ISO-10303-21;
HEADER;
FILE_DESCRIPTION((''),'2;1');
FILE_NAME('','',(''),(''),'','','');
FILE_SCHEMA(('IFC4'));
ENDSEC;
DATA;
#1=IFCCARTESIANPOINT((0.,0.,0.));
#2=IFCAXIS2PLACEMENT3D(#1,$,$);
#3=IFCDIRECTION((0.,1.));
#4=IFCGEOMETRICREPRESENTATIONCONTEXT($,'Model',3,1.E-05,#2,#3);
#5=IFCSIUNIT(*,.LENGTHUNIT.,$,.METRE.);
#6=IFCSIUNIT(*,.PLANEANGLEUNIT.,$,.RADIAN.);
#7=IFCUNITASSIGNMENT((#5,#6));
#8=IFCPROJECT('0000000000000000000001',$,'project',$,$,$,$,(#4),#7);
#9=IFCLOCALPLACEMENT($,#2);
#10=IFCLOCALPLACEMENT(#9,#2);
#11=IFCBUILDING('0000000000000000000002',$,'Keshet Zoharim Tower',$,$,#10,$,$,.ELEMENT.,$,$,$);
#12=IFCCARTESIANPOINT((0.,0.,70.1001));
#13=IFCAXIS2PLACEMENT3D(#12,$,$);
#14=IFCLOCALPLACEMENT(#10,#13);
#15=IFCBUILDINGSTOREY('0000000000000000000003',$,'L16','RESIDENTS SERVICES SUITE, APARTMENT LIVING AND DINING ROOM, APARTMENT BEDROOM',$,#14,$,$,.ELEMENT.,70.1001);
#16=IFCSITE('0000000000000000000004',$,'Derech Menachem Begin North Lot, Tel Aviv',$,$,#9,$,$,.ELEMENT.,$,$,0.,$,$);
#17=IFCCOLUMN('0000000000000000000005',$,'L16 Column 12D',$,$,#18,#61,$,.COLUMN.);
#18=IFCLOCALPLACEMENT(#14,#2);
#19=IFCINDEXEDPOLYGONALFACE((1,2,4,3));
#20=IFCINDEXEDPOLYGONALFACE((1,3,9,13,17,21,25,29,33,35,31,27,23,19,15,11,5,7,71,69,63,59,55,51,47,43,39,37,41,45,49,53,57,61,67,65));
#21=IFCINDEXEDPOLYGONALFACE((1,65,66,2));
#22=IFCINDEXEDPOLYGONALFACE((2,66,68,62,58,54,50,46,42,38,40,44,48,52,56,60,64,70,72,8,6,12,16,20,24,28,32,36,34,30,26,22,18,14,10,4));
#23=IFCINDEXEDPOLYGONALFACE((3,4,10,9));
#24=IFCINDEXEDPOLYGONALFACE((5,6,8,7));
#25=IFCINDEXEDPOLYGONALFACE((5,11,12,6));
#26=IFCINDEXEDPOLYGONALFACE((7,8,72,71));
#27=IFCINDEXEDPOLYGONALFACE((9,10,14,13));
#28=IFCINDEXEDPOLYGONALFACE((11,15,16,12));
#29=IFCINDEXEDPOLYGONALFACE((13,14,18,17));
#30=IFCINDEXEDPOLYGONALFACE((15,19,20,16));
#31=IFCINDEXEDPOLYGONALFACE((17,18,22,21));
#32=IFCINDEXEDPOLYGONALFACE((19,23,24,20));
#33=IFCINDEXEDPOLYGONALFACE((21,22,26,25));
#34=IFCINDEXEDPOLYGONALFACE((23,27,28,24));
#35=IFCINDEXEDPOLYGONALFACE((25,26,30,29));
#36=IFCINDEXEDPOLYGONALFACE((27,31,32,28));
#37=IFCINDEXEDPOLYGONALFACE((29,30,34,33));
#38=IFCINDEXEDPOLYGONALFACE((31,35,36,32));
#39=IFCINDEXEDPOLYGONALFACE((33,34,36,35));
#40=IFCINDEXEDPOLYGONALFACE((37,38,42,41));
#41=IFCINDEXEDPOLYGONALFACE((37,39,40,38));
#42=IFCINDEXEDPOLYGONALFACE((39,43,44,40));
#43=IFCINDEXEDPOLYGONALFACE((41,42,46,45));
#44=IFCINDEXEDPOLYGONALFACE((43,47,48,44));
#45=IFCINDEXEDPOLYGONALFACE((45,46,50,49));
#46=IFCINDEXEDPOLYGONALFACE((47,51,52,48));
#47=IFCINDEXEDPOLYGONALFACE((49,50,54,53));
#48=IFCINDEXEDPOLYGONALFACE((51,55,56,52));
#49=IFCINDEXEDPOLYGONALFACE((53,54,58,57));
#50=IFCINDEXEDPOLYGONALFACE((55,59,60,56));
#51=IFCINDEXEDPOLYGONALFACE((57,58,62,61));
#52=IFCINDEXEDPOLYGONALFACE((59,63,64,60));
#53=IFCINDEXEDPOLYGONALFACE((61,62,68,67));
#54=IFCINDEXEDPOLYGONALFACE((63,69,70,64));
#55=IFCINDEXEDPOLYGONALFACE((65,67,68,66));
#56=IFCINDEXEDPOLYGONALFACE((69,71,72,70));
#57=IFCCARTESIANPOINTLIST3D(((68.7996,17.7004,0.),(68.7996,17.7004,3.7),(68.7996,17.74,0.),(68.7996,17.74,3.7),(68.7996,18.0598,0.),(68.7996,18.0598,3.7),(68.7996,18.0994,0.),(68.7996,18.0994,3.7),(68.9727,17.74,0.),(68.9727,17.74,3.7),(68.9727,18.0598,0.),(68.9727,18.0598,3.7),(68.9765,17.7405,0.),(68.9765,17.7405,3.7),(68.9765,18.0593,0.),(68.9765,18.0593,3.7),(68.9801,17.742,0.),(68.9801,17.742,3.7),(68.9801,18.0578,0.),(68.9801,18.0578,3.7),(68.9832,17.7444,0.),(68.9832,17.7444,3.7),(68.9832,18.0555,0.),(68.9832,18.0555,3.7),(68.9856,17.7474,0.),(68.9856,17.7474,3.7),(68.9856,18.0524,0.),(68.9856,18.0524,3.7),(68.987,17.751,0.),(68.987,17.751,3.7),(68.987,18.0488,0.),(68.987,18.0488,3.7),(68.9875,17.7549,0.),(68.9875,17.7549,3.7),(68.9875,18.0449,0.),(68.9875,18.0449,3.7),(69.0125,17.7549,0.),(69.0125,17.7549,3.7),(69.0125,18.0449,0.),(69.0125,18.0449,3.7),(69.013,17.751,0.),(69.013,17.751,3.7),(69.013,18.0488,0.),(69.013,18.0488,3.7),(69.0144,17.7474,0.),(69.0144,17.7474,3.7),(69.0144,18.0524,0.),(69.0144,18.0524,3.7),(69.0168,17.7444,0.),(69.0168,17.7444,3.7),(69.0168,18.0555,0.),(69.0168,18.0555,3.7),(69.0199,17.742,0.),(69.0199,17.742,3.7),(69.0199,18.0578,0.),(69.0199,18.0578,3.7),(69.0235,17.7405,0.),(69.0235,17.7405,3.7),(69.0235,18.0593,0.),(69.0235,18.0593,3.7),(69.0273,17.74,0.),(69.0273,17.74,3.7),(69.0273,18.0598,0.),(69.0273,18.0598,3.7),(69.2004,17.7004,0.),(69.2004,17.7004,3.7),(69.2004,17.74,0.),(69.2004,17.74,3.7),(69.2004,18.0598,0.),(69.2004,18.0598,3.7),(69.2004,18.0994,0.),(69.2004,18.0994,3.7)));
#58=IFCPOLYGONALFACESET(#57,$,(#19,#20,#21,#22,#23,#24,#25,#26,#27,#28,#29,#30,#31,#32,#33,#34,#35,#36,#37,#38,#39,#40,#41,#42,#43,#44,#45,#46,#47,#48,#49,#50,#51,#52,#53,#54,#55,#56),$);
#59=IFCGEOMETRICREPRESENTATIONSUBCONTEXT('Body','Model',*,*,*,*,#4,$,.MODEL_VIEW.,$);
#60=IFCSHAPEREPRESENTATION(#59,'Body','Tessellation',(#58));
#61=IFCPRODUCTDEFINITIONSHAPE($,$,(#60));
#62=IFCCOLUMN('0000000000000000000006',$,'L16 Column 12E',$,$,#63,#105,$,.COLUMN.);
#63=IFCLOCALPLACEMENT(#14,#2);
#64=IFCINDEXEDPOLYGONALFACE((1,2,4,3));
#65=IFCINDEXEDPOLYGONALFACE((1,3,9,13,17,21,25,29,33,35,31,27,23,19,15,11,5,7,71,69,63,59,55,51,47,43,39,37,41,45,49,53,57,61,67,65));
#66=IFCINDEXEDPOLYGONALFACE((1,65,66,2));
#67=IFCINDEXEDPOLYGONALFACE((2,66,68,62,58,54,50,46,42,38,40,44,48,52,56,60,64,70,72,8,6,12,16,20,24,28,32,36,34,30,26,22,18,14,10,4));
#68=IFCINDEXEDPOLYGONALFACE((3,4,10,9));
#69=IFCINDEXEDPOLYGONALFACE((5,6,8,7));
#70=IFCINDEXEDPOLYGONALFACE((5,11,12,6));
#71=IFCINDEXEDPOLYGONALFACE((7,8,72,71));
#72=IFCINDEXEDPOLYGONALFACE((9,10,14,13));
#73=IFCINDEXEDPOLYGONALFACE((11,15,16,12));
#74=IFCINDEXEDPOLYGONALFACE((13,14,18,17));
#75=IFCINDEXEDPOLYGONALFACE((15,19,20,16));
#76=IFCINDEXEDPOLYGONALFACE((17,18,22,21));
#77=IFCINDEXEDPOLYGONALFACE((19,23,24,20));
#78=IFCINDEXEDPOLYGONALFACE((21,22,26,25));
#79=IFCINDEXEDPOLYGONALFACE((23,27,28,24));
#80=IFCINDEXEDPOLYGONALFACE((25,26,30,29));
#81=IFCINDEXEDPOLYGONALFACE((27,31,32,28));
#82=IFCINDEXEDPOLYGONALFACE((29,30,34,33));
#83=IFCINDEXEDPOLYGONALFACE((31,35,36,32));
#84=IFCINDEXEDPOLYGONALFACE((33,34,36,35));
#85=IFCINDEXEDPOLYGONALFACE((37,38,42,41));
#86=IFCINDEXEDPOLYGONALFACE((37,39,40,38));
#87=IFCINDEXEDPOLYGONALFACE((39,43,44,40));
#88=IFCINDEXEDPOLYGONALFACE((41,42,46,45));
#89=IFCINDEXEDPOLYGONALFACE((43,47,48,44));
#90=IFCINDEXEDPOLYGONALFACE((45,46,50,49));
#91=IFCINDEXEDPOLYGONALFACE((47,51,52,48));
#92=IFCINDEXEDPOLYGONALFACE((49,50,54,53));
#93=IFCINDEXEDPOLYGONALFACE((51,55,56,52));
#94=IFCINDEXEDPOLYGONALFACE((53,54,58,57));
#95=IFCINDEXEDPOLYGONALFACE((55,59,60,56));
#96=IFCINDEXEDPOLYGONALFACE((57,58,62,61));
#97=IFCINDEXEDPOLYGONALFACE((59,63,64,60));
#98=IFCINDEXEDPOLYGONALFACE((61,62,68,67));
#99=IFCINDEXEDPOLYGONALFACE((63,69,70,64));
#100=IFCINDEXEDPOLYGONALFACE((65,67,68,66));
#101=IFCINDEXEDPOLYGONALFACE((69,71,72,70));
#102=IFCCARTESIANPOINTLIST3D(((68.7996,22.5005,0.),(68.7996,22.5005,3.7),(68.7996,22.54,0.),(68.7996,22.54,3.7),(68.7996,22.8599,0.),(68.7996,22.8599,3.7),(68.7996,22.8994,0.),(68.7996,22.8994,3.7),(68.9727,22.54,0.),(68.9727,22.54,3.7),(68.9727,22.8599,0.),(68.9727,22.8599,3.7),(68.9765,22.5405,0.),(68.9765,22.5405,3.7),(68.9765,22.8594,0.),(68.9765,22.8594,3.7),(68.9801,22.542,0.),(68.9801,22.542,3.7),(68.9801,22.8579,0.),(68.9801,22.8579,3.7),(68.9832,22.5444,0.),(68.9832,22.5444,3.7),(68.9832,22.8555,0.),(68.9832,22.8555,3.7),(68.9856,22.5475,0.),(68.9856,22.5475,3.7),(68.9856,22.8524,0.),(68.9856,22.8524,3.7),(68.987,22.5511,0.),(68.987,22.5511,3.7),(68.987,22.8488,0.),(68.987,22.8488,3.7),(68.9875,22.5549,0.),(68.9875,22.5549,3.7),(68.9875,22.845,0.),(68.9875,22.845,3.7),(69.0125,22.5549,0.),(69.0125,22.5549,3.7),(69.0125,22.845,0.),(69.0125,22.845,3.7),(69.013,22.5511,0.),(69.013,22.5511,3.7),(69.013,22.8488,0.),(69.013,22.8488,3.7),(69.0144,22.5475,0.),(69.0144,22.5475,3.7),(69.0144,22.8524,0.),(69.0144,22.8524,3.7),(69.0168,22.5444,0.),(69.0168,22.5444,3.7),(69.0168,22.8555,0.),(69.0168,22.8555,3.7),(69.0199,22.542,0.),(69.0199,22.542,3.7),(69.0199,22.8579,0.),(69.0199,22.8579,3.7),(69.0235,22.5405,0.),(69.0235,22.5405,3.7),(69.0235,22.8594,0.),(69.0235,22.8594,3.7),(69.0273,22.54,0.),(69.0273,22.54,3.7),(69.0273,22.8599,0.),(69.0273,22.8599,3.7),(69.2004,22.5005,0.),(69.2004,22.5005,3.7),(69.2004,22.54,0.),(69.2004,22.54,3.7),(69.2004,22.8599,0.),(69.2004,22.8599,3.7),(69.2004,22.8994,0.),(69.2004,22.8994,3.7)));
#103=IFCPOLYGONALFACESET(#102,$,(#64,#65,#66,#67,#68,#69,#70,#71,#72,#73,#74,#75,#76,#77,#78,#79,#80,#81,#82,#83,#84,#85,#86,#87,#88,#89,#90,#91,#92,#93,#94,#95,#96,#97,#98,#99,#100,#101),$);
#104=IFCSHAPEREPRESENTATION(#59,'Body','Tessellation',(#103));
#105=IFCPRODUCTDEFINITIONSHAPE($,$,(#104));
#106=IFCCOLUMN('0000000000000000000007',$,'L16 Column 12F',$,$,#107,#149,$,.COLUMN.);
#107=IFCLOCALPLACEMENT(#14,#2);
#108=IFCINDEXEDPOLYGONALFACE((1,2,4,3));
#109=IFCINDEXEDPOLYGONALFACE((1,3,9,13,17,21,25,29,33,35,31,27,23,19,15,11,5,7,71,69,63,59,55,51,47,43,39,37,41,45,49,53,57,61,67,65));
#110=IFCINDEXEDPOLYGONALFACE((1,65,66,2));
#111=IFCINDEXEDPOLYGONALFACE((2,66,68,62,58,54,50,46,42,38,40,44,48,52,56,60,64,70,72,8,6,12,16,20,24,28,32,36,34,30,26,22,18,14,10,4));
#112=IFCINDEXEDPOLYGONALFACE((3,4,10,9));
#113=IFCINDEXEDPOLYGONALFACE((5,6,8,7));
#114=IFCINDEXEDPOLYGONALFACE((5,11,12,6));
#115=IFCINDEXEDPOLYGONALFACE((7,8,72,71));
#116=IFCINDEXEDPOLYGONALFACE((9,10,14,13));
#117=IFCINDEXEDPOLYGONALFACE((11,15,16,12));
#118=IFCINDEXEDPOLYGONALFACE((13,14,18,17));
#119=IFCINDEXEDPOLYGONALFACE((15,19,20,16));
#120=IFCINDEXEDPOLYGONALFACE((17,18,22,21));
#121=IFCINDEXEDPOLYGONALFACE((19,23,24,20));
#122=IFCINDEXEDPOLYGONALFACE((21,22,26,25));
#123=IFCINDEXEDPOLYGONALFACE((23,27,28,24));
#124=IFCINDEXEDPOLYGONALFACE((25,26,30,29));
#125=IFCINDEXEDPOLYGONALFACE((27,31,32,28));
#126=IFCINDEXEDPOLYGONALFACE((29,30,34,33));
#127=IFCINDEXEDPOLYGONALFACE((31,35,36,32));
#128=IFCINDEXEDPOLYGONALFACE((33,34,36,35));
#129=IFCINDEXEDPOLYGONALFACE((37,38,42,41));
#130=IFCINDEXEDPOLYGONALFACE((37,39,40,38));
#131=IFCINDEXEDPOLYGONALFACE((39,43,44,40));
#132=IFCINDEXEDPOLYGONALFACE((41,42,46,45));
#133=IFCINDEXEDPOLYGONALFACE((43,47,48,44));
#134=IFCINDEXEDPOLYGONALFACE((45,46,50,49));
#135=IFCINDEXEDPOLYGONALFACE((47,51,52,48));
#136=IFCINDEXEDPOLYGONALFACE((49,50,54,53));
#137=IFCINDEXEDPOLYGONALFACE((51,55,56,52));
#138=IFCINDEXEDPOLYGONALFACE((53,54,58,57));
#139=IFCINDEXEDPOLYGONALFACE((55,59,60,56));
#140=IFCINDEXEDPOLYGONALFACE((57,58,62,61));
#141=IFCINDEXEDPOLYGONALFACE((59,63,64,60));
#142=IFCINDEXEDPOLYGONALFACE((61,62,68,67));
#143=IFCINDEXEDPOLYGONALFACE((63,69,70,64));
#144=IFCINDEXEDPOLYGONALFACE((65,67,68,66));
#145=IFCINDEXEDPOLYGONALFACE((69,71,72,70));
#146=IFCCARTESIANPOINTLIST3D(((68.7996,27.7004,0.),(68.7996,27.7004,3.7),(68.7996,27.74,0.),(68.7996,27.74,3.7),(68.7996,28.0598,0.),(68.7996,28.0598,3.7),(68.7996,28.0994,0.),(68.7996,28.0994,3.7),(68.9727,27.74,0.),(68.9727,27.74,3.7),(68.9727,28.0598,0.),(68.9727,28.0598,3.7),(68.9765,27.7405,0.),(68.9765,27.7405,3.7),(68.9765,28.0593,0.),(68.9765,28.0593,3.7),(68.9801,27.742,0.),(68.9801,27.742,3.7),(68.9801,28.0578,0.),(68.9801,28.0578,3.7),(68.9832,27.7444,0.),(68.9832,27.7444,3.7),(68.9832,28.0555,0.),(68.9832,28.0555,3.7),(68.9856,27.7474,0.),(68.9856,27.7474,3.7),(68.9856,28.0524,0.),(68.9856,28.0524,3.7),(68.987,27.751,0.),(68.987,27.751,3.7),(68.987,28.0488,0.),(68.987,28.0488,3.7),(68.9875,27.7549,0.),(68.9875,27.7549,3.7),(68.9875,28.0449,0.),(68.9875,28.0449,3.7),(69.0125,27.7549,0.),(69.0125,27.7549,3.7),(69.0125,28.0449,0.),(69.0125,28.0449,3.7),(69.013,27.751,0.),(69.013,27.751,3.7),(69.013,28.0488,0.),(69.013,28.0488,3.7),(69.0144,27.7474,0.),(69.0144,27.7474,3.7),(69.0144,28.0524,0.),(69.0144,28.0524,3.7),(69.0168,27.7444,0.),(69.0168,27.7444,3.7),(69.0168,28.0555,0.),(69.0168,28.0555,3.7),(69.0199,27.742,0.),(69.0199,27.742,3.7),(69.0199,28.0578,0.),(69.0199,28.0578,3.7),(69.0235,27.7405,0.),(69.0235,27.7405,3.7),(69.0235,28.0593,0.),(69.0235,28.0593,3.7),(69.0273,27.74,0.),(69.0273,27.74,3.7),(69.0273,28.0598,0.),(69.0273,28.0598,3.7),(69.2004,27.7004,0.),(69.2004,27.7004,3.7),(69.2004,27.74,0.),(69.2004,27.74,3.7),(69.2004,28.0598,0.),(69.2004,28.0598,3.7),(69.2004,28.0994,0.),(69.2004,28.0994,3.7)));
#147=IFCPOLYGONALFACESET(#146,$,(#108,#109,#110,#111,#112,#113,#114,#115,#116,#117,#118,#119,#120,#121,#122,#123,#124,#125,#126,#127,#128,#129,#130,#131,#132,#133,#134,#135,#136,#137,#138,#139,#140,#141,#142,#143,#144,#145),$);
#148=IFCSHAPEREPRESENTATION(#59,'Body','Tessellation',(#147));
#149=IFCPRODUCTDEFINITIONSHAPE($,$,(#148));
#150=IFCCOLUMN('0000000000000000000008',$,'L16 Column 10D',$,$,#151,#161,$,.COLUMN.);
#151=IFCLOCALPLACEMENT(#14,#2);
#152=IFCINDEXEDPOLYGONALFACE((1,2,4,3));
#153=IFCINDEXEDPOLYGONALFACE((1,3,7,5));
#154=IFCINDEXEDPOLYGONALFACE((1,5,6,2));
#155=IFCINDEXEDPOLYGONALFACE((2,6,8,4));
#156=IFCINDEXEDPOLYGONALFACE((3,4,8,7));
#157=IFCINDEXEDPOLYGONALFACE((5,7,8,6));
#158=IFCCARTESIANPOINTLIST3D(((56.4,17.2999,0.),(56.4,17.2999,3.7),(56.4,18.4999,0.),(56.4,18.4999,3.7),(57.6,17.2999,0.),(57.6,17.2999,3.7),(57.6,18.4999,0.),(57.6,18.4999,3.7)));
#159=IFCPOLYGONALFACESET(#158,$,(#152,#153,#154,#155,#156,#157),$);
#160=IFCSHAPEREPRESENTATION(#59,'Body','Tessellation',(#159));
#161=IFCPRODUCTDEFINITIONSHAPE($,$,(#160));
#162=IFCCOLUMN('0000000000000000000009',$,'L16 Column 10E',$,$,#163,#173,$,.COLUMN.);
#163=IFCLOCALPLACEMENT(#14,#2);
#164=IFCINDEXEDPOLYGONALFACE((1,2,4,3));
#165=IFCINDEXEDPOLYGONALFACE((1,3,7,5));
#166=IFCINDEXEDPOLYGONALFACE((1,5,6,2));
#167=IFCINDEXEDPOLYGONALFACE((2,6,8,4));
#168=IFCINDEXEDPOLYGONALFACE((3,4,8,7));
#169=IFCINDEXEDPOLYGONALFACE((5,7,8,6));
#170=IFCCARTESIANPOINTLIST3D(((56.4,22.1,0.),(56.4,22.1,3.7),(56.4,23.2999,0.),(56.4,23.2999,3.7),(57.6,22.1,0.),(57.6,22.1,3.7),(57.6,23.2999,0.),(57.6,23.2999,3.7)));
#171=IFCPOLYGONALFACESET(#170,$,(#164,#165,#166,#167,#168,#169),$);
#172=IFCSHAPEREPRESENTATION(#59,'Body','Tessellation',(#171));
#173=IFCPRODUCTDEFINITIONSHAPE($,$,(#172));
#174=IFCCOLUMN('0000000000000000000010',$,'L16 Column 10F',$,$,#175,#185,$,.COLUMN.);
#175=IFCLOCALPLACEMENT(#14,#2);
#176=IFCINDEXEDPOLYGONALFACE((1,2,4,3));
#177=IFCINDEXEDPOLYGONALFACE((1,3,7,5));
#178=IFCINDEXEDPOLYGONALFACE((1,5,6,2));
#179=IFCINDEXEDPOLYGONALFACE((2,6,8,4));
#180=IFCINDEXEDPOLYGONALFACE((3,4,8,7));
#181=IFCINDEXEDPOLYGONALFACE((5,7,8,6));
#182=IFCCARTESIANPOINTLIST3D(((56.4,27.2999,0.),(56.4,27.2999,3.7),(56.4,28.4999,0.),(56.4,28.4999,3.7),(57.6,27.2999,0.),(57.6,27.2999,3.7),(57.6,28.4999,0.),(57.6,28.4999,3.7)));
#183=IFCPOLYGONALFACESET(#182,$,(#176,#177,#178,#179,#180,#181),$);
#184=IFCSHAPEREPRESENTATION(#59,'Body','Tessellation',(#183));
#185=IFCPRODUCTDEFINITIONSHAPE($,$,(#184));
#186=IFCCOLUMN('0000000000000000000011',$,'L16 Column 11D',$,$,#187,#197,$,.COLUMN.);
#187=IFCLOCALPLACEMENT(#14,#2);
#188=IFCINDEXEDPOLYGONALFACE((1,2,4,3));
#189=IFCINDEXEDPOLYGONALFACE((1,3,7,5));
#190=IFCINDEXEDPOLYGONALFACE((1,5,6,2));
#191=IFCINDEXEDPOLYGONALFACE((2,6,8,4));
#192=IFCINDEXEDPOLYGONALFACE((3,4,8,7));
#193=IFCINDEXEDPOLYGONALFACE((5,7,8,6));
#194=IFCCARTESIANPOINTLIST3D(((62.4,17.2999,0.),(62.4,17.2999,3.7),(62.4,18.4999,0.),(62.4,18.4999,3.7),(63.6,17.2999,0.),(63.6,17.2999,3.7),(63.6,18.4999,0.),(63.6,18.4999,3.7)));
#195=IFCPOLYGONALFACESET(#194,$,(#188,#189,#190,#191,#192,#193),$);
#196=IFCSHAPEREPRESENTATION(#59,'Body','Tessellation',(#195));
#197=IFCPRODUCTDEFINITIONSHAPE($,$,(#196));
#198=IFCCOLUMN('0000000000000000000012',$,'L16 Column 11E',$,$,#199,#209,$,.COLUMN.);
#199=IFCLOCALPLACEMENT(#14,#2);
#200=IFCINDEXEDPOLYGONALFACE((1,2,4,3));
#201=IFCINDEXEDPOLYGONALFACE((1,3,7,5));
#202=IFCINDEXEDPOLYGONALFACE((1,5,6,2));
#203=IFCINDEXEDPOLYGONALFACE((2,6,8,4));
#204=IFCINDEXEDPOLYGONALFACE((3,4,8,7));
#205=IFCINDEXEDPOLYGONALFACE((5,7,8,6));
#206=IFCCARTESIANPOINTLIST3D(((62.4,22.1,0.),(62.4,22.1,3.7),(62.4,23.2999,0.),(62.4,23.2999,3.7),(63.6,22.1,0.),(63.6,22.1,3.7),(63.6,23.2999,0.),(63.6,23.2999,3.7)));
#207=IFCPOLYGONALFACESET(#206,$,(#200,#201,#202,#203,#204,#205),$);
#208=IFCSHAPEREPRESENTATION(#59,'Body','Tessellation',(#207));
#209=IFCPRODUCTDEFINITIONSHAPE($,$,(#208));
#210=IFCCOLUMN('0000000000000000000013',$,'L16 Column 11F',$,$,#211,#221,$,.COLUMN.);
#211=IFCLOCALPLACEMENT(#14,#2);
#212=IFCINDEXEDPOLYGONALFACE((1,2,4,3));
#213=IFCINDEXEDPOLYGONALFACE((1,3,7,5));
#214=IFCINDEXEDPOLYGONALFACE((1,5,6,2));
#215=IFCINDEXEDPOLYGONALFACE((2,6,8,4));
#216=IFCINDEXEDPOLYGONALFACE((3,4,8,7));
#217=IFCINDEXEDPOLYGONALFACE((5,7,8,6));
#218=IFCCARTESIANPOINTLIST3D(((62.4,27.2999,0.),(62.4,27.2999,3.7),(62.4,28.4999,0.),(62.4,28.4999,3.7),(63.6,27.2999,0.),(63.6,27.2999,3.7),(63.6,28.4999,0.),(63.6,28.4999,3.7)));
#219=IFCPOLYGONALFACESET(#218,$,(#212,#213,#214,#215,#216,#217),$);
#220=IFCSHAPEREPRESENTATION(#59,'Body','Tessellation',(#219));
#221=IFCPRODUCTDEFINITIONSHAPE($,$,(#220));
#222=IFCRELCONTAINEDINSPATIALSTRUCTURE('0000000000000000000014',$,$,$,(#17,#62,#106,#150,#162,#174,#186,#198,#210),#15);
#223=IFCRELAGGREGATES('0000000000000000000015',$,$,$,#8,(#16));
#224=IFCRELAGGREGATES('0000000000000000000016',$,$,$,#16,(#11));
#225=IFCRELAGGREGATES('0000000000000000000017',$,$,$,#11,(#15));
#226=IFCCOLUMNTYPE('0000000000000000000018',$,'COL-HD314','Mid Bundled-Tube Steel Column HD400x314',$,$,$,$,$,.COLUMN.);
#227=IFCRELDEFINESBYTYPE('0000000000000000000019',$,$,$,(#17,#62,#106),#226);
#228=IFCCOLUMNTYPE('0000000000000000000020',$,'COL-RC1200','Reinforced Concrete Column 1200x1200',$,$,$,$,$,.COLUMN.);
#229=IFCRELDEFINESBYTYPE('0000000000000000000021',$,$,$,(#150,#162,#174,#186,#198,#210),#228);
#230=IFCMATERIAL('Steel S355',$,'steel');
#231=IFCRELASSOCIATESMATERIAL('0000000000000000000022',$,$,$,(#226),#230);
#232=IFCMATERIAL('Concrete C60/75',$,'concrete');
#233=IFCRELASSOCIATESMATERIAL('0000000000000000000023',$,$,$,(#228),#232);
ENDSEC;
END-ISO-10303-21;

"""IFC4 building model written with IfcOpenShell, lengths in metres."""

from ifc_helpers import new_model, si_unit, direction, frame, origin, origin_2d, place, context, subcontext, project, spatial, rectangle, i_section, extrude, material, material_profile, profile_set, type_object, element, save


model = new_model("IFC4")

# Units and contexts
model_context = context("Model", 3, precision=1e-05, world=origin(), true_north=direction((0.0, 1.0)))
body_context = subcontext(model_context, "Body", "Model", "MODEL_VIEW")
ifc_project = project(units=[si_unit("LENGTHUNIT", "METRE"), si_unit("PLANEANGLEUNIT", "RADIAN")], contexts=[model_context])

# Site, building, storey
site_placement = place(None, origin())
site = spatial("IfcSite", under=ifc_project, at=site_placement, Name="Derech Menachem Begin North Lot, Tel Aviv", CompositionType="ELEMENT", RefElevation=0.0)
building_placement = place(site_placement, origin())
building = spatial("IfcBuilding", under=site, at=building_placement, Name="Keshet Zoharim Tower", CompositionType="ELEMENT")
storey_placement = place(building_placement, frame((0.0, 0.0, 70.1001)))
storey = spatial("IfcBuildingStorey", under=building, at=storey_placement, Name="L16", Description="RESIDENTS SERVICES SUITE, APARTMENT LIVING AND DINING ROOM, APARTMENT BEDROOM", CompositionType="ELEMENT", Elevation=70.1001)

# Columns
ifc_material_1 = material(Name="Steel S355", Category="steel")
ifc_material_profile_1 = material_profile(ifc_material_1, i_section(OverallWidth=0.4009, OverallDepth=0.3989, WebThickness=0.0249, FlangeThickness=0.0396, FilletRadius=0.0149, at=origin_2d()), Name="HD400x314")
ifc_profile_set_1 = profile_set([ifc_material_profile_1], Name="Steel S355")
column_type_1 = type_object("IfcColumnType", Name="COL-HD314", Description="Mid Bundled-Tube Steel Column HD400x314", PredefinedType="COLUMN", material=ifc_profile_set_1)
for number, where, z_axis, x_axis, name in (
    (1, (69.0, 17.8999, 0.0), (0.0, 0.0, 1.0), (1.0, 0.0, 0.0), "L16 Column 12D"),
    (2, (69.0, 22.7, 0.0), (0.0, 0.0, 1.0), (1.0, 0.0, 0.0), "L16 Column 12E"),
    (3, (69.0, 27.8999, 0.0), (0.0, 0.0, 1.0), (1.0, 0.0, 0.0), "L16 Column 12F"),
):
    element("IfcColumn", number, at=place(storey_placement, frame(where, z_axis=z_axis, x_axis=x_axis)), inside=storey, type_object=column_type_1, Name=name, PredefinedType="COLUMN", context=body_context, shape_type="SweptSolid", body=[
        extrude(i_section(OverallWidth=0.4009, OverallDepth=0.3989, WebThickness=0.0249, FlangeThickness=0.0396, FilletRadius=0.0149, at=origin_2d()), origin(), (0.0, 0.0, 1.0), 3.7),
    ])
ifc_material_2 = material(Name="Concrete C60/75", Category="concrete")
ifc_material_profile_2 = material_profile(ifc_material_2, rectangle(XDim=1.2, YDim=1.2, at=origin_2d()), Name="RC1200x1200")
ifc_profile_set_2 = profile_set([ifc_material_profile_2], Name="Concrete C60/75")
column_type_2 = type_object("IfcColumnType", Name="COL-RC1200", Description="Reinforced Concrete Column 1200x1200", PredefinedType="COLUMN", material=ifc_profile_set_2)
for number, where, z_axis, x_axis, name in (
    (4, (57.0, 17.8999, 0.0), (0.0, 0.0, 1.0), (1.0, 0.0, 0.0), "L16 Column 10D"),
    (5, (57.0, 22.7, 0.0), (0.0, 0.0, 1.0), (1.0, 0.0, 0.0), "L16 Column 10E"),
    (6, (57.0, 27.8999, 0.0), (0.0, 0.0, 1.0), (1.0, 0.0, 0.0), "L16 Column 10F"),
    (7, (63.0, 17.8999, 0.0), (0.0, 0.0, 1.0), (1.0, 0.0, 0.0), "L16 Column 11D"),
    (8, (63.0, 22.7, 0.0), (0.0, 0.0, 1.0), (1.0, 0.0, 0.0), "L16 Column 11E"),
    (9, (63.0, 27.8999, 0.0), (0.0, 0.0, 1.0), (1.0, 0.0, 0.0), "L16 Column 11F"),
):
    element("IfcColumn", number, at=place(storey_placement, frame(where, z_axis=z_axis, x_axis=x_axis)), inside=storey, type_object=column_type_2, Name=name, PredefinedType="COLUMN", context=body_context, shape_type="SweptSolid", body=[
        extrude(rectangle(XDim=1.2, YDim=1.2, at=origin_2d()), origin(), (0.0, 0.0, 1.0), 3.7),
    ])

save(model, "model.ifc")
